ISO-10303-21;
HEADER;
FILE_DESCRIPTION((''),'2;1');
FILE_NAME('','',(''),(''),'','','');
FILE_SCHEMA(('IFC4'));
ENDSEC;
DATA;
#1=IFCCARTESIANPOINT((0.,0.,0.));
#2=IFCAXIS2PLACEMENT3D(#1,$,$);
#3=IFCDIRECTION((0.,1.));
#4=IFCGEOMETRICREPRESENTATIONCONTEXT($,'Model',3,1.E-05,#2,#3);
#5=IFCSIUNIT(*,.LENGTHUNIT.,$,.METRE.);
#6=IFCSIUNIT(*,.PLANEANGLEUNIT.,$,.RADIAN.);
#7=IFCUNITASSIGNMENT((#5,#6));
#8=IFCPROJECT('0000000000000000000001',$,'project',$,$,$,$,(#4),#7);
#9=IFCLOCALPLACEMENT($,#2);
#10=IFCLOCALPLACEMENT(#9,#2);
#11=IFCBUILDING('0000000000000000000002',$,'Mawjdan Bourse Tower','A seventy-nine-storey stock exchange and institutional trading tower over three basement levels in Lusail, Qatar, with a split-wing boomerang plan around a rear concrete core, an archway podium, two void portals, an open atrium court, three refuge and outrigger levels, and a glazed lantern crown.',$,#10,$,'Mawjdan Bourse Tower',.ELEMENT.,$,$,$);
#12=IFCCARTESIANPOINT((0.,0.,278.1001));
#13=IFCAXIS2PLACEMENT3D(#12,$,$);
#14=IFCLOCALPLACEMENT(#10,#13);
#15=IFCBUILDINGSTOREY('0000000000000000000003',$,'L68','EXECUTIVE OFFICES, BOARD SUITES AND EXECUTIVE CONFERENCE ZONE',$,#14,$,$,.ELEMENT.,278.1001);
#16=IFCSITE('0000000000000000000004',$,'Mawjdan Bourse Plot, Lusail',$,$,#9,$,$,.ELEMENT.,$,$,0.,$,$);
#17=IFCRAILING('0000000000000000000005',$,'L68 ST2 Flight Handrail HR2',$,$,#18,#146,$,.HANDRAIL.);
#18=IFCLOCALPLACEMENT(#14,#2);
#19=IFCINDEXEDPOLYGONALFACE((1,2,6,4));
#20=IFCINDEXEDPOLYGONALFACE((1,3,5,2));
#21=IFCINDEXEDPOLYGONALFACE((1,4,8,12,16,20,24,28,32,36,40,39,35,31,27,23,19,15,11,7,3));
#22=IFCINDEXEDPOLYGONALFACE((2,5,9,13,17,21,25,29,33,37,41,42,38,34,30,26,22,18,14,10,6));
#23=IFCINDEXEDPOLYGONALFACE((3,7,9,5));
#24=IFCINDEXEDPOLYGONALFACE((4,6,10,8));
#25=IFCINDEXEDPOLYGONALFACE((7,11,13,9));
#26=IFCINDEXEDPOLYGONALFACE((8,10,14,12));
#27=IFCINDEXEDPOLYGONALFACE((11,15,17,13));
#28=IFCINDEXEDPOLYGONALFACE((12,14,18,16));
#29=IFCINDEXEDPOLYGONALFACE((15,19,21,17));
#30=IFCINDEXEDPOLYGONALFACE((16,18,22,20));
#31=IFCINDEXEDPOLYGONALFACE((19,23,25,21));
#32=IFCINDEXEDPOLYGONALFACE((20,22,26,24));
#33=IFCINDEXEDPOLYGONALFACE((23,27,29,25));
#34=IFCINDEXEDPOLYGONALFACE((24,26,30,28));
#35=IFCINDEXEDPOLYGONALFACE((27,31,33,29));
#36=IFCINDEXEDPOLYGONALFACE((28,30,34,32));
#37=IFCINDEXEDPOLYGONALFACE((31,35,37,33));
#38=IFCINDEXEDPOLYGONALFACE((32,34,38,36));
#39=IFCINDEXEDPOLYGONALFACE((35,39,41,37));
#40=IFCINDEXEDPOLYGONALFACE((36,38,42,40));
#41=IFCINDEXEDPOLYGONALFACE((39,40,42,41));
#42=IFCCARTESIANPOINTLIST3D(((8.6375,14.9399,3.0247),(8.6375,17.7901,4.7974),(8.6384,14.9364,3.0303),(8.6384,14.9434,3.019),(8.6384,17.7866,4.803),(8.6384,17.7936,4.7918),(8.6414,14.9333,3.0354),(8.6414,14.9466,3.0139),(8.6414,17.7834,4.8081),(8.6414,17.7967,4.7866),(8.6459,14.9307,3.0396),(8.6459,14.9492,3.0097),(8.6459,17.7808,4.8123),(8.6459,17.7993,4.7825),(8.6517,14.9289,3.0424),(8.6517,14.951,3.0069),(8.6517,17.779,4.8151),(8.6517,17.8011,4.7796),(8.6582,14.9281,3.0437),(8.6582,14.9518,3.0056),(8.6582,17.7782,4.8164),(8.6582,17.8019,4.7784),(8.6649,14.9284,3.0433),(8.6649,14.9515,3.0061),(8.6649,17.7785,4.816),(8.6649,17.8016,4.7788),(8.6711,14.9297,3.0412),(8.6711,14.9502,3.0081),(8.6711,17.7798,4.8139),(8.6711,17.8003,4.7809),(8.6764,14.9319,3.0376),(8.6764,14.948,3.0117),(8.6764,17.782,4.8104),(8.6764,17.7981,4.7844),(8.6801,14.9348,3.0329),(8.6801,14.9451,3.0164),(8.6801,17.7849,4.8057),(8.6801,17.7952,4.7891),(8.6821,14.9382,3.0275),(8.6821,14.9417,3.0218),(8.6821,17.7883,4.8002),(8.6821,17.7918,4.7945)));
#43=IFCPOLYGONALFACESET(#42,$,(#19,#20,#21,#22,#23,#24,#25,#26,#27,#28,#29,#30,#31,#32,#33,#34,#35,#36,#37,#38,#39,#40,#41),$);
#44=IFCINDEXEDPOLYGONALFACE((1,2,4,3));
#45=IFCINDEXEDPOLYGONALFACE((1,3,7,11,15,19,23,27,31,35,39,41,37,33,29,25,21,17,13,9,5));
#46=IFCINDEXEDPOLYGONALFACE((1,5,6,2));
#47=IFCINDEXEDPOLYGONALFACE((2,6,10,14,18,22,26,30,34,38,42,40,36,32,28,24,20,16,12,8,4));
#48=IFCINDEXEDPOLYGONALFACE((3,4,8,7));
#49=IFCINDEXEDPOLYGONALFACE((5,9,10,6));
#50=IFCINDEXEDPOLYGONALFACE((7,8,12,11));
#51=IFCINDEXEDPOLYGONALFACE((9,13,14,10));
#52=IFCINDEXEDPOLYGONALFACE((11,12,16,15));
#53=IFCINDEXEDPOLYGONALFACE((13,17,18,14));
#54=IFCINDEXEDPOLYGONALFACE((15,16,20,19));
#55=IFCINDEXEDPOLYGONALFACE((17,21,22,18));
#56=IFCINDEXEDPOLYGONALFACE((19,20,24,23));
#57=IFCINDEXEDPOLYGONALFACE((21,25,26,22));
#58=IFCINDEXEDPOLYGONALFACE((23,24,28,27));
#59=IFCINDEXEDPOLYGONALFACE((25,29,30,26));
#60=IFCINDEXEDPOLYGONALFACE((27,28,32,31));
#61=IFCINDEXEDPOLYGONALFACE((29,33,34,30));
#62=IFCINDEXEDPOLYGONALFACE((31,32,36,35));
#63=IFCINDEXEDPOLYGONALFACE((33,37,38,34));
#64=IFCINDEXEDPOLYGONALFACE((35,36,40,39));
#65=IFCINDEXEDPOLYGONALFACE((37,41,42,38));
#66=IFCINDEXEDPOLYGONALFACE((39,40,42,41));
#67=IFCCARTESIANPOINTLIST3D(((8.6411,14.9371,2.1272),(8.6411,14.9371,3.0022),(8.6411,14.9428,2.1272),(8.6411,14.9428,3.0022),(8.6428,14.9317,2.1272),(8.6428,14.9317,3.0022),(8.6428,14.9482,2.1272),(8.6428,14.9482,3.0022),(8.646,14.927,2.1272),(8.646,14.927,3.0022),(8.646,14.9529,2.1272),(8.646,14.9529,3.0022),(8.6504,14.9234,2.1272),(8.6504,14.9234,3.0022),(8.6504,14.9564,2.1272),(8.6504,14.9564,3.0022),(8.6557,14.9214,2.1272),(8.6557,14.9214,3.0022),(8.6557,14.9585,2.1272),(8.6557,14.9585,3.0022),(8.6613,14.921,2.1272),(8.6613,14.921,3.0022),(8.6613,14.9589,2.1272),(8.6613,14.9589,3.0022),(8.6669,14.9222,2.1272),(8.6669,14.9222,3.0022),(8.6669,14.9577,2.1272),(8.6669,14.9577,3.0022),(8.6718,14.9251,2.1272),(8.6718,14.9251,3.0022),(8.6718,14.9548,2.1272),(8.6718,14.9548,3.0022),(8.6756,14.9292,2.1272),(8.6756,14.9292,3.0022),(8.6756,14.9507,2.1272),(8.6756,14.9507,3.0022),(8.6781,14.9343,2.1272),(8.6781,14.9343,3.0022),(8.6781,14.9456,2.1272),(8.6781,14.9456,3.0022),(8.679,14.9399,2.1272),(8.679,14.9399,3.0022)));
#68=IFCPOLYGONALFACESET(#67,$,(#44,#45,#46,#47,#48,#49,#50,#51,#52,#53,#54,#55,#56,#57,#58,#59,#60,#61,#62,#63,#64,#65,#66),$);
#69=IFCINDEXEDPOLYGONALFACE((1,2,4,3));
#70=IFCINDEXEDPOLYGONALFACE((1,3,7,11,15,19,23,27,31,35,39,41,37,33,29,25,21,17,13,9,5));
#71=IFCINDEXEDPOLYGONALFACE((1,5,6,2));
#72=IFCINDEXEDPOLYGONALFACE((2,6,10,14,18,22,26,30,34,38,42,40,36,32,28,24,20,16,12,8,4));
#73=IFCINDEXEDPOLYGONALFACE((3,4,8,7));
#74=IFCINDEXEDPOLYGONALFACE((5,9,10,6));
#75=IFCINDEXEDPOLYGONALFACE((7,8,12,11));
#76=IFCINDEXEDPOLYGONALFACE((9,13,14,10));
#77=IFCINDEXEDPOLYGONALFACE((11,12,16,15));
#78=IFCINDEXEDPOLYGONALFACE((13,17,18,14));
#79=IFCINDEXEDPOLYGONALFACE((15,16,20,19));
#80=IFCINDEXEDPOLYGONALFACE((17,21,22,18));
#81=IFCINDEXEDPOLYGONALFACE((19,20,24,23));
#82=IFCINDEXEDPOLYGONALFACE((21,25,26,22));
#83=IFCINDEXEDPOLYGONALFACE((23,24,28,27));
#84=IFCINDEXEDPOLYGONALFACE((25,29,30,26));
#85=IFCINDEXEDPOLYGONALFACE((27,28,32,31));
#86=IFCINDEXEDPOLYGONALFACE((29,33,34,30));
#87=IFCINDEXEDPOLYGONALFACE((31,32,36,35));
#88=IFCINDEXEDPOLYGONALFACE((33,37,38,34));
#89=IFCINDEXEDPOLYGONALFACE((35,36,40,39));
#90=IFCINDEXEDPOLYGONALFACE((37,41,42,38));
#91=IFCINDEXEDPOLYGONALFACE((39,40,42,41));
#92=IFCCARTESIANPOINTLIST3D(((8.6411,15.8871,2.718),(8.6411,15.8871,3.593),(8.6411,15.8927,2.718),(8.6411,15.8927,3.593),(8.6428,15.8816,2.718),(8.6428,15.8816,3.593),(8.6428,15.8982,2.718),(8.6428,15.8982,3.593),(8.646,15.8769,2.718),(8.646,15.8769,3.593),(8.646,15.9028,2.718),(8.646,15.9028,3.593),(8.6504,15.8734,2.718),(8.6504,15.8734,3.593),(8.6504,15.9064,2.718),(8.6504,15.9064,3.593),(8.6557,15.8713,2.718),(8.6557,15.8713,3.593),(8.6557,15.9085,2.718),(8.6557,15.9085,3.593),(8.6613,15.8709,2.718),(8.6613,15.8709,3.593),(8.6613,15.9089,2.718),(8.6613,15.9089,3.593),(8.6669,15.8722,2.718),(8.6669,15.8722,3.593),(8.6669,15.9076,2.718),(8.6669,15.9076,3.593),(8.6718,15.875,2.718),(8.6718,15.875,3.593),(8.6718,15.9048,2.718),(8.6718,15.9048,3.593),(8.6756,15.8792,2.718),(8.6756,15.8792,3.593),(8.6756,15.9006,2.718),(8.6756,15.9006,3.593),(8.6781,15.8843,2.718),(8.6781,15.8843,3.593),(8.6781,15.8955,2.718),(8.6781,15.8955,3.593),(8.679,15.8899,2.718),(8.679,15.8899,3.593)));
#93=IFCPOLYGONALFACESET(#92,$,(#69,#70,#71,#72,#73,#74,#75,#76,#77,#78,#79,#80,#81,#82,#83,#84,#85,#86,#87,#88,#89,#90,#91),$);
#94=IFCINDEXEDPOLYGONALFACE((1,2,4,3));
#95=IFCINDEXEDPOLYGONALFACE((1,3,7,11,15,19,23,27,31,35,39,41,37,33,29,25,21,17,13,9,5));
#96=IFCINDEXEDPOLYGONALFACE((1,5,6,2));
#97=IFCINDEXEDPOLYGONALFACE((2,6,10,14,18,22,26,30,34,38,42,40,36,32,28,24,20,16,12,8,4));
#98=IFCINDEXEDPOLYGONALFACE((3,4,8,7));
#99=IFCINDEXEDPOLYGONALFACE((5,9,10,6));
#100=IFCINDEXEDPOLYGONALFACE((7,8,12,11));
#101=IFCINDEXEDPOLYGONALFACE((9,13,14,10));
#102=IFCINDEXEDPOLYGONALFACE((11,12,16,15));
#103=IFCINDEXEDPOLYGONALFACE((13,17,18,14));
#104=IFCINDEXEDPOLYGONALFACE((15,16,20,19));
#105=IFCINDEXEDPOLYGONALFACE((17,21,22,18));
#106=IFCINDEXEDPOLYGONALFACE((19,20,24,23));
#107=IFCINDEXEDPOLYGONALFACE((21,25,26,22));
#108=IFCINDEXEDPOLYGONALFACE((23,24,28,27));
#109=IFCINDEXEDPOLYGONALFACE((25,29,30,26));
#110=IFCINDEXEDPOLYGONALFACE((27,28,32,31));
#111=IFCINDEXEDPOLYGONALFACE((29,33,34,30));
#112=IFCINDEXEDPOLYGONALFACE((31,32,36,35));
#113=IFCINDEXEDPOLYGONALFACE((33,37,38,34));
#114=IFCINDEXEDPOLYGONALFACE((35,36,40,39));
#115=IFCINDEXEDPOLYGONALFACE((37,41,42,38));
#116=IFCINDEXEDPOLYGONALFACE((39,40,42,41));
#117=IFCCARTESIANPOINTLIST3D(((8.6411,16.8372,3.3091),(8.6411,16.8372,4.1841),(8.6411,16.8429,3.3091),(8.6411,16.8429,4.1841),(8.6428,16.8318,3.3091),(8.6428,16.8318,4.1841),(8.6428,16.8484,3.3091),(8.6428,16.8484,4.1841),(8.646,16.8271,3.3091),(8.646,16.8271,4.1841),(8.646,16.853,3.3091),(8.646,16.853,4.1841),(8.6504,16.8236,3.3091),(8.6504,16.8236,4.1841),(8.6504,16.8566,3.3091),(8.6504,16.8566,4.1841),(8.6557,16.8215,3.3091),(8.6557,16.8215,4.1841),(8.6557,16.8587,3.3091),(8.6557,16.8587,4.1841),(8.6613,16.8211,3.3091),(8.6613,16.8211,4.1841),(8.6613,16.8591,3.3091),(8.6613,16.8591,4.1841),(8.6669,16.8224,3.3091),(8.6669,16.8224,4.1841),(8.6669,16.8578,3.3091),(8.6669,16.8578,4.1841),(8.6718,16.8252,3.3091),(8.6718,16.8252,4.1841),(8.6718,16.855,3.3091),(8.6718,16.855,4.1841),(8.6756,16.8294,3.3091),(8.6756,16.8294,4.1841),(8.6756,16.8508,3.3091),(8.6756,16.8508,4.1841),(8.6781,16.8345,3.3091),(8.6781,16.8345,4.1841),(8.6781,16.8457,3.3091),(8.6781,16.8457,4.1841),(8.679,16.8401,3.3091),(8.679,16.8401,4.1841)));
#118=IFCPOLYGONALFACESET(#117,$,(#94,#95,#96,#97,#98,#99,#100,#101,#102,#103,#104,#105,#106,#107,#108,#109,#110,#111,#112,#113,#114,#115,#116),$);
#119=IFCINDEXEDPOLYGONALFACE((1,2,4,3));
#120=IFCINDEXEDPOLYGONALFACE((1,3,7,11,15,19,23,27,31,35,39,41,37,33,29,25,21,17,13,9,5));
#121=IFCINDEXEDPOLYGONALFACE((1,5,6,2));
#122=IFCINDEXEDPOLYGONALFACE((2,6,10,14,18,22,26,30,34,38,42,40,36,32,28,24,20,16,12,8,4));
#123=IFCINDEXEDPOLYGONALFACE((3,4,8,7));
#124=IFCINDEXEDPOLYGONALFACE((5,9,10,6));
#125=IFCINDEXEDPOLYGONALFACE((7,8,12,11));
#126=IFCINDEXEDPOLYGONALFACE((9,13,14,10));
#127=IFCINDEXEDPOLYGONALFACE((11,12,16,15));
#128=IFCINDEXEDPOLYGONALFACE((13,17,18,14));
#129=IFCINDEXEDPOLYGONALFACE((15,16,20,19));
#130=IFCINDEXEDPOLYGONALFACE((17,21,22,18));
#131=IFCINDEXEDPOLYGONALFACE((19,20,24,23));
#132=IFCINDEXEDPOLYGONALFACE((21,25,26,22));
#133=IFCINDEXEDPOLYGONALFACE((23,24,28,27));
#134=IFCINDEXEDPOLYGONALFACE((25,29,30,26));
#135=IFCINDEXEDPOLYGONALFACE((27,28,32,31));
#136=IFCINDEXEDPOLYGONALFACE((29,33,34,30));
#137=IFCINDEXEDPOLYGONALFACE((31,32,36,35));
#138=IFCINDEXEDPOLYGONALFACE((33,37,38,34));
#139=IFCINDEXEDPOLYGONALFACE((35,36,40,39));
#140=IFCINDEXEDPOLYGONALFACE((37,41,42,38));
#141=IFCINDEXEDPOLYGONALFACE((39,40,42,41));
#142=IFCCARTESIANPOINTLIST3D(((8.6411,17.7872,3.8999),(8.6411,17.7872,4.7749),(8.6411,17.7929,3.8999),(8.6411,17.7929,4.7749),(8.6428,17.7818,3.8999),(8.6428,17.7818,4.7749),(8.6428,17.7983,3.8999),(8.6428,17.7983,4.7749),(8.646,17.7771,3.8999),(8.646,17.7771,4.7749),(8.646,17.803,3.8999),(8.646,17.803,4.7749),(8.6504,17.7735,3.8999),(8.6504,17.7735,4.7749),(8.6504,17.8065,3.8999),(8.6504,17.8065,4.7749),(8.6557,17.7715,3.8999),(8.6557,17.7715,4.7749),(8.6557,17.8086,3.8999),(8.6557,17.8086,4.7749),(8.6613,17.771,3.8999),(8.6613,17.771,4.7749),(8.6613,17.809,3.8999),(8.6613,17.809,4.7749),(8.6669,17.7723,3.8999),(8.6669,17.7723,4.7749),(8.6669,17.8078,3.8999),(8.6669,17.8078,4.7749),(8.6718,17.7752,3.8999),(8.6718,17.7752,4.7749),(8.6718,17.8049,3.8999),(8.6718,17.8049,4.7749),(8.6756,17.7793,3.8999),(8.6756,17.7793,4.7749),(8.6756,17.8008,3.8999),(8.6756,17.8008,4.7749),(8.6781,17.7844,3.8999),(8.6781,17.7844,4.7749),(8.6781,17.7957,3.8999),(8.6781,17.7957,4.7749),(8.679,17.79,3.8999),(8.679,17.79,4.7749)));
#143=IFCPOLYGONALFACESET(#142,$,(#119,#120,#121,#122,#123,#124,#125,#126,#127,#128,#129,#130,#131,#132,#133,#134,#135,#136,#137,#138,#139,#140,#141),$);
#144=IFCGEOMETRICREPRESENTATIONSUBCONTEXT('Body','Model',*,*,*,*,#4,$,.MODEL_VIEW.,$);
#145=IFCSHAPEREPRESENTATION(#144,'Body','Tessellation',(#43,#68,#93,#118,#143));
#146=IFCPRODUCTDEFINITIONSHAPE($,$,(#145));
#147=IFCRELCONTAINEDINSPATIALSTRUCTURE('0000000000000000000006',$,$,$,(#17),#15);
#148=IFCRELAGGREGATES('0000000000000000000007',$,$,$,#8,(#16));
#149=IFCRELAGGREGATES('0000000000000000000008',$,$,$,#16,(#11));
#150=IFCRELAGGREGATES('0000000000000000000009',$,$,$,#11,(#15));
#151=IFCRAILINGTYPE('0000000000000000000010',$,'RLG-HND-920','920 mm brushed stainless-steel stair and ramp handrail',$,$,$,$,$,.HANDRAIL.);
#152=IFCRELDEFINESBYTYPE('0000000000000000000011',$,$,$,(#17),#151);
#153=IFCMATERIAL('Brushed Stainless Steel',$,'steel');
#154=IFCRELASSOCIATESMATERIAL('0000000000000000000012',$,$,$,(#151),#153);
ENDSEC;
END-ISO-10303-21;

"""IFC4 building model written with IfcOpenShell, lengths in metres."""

from ifc_helpers import new_model, si_unit, direction, frame, origin, origin_2d, place, context, subcontext, project, spatial, circle, extrude, material, type_object, element, save


model = new_model("IFC4")

# Units and contexts
model_context = context("Model", 3, precision=1e-05, world=origin(), true_north=direction((0.0, 1.0)))
body_context = subcontext(model_context, "Body", "Model", "MODEL_VIEW")
ifc_project = project(units=[si_unit("LENGTHUNIT", "METRE"), si_unit("PLANEANGLEUNIT", "RADIAN")], contexts=[model_context])

# Site, building, storey
site_placement = place(None, origin())
site = spatial("IfcSite", under=ifc_project, at=site_placement, Name="Mawjdan Bourse Plot, Lusail", CompositionType="ELEMENT", RefElevation=0.0)
building_placement = place(site_placement, origin())
building = spatial("IfcBuilding", under=site, at=building_placement, Name="Mawjdan Bourse Tower", Description="A seventy-nine-storey stock exchange and institutional trading tower over three basement levels in Lusail, Qatar, with a split-wing boomerang plan around a rear concrete core, an archway podium, two void portals, an open atrium court, three refuge and outrigger levels, and a glazed lantern crown.", LongName="Mawjdan Bourse Tower", CompositionType="ELEMENT")
storey_placement = place(building_placement, frame((0.0, 0.0, 278.1001)))
storey = spatial("IfcBuildingStorey", under=building, at=storey_placement, Name="L68", Description="EXECUTIVE OFFICES, BOARD SUITES AND EXECUTIVE CONFERENCE ZONE", CompositionType="ELEMENT", Elevation=278.1001)

# Railing
ifc_material_1 = material(Name="Brushed Stainless Steel", Category="steel")
railing_type_1 = type_object("IfcRailingType", Name="RLG-HND-920", Description="920 mm brushed stainless-steel stair and ramp handrail", PredefinedType="HANDRAIL", material=ifc_material_1)
railing_placement = place(storey_placement, frame((8.6599, 14.9399, 2.1272)))
element("IfcRailing", 1, at=railing_placement, inside=storey, type_object=railing_type_1, Name="L68 ST2 Flight Handrail HR2", PredefinedType="HANDRAIL", context=body_context, shape_type="SweptSolid", body=[
    extrude(circle(Radius=0.0225, at=origin_2d()), frame((0.0, 0.0, 0.8975), z_axis=(0.0, 0.849149, 0.528154), x_axis=(-1.0, 0.0, 0.0)), (0.0, 0.0, 1.0), 3.3564),
    extrude(circle(Radius=0.019, at=origin_2d()), origin(), (0.0, 0.0, 1.0), 0.875),
    extrude(circle(Radius=0.019, at=origin_2d()), frame((0.0, 0.95, 0.5908)), (0.0, 0.0, 1.0), 0.875),
    extrude(circle(Radius=0.019, at=origin_2d()), frame((0.0, 1.9001, 1.1819)), (0.0, 0.0, 1.0), 0.875),
    extrude(circle(Radius=0.019, at=origin_2d()), frame((0.0, 2.8501, 1.7727)), (0.0, 0.0, 1.0), 0.875),
])

save(model, "model.ifc")
